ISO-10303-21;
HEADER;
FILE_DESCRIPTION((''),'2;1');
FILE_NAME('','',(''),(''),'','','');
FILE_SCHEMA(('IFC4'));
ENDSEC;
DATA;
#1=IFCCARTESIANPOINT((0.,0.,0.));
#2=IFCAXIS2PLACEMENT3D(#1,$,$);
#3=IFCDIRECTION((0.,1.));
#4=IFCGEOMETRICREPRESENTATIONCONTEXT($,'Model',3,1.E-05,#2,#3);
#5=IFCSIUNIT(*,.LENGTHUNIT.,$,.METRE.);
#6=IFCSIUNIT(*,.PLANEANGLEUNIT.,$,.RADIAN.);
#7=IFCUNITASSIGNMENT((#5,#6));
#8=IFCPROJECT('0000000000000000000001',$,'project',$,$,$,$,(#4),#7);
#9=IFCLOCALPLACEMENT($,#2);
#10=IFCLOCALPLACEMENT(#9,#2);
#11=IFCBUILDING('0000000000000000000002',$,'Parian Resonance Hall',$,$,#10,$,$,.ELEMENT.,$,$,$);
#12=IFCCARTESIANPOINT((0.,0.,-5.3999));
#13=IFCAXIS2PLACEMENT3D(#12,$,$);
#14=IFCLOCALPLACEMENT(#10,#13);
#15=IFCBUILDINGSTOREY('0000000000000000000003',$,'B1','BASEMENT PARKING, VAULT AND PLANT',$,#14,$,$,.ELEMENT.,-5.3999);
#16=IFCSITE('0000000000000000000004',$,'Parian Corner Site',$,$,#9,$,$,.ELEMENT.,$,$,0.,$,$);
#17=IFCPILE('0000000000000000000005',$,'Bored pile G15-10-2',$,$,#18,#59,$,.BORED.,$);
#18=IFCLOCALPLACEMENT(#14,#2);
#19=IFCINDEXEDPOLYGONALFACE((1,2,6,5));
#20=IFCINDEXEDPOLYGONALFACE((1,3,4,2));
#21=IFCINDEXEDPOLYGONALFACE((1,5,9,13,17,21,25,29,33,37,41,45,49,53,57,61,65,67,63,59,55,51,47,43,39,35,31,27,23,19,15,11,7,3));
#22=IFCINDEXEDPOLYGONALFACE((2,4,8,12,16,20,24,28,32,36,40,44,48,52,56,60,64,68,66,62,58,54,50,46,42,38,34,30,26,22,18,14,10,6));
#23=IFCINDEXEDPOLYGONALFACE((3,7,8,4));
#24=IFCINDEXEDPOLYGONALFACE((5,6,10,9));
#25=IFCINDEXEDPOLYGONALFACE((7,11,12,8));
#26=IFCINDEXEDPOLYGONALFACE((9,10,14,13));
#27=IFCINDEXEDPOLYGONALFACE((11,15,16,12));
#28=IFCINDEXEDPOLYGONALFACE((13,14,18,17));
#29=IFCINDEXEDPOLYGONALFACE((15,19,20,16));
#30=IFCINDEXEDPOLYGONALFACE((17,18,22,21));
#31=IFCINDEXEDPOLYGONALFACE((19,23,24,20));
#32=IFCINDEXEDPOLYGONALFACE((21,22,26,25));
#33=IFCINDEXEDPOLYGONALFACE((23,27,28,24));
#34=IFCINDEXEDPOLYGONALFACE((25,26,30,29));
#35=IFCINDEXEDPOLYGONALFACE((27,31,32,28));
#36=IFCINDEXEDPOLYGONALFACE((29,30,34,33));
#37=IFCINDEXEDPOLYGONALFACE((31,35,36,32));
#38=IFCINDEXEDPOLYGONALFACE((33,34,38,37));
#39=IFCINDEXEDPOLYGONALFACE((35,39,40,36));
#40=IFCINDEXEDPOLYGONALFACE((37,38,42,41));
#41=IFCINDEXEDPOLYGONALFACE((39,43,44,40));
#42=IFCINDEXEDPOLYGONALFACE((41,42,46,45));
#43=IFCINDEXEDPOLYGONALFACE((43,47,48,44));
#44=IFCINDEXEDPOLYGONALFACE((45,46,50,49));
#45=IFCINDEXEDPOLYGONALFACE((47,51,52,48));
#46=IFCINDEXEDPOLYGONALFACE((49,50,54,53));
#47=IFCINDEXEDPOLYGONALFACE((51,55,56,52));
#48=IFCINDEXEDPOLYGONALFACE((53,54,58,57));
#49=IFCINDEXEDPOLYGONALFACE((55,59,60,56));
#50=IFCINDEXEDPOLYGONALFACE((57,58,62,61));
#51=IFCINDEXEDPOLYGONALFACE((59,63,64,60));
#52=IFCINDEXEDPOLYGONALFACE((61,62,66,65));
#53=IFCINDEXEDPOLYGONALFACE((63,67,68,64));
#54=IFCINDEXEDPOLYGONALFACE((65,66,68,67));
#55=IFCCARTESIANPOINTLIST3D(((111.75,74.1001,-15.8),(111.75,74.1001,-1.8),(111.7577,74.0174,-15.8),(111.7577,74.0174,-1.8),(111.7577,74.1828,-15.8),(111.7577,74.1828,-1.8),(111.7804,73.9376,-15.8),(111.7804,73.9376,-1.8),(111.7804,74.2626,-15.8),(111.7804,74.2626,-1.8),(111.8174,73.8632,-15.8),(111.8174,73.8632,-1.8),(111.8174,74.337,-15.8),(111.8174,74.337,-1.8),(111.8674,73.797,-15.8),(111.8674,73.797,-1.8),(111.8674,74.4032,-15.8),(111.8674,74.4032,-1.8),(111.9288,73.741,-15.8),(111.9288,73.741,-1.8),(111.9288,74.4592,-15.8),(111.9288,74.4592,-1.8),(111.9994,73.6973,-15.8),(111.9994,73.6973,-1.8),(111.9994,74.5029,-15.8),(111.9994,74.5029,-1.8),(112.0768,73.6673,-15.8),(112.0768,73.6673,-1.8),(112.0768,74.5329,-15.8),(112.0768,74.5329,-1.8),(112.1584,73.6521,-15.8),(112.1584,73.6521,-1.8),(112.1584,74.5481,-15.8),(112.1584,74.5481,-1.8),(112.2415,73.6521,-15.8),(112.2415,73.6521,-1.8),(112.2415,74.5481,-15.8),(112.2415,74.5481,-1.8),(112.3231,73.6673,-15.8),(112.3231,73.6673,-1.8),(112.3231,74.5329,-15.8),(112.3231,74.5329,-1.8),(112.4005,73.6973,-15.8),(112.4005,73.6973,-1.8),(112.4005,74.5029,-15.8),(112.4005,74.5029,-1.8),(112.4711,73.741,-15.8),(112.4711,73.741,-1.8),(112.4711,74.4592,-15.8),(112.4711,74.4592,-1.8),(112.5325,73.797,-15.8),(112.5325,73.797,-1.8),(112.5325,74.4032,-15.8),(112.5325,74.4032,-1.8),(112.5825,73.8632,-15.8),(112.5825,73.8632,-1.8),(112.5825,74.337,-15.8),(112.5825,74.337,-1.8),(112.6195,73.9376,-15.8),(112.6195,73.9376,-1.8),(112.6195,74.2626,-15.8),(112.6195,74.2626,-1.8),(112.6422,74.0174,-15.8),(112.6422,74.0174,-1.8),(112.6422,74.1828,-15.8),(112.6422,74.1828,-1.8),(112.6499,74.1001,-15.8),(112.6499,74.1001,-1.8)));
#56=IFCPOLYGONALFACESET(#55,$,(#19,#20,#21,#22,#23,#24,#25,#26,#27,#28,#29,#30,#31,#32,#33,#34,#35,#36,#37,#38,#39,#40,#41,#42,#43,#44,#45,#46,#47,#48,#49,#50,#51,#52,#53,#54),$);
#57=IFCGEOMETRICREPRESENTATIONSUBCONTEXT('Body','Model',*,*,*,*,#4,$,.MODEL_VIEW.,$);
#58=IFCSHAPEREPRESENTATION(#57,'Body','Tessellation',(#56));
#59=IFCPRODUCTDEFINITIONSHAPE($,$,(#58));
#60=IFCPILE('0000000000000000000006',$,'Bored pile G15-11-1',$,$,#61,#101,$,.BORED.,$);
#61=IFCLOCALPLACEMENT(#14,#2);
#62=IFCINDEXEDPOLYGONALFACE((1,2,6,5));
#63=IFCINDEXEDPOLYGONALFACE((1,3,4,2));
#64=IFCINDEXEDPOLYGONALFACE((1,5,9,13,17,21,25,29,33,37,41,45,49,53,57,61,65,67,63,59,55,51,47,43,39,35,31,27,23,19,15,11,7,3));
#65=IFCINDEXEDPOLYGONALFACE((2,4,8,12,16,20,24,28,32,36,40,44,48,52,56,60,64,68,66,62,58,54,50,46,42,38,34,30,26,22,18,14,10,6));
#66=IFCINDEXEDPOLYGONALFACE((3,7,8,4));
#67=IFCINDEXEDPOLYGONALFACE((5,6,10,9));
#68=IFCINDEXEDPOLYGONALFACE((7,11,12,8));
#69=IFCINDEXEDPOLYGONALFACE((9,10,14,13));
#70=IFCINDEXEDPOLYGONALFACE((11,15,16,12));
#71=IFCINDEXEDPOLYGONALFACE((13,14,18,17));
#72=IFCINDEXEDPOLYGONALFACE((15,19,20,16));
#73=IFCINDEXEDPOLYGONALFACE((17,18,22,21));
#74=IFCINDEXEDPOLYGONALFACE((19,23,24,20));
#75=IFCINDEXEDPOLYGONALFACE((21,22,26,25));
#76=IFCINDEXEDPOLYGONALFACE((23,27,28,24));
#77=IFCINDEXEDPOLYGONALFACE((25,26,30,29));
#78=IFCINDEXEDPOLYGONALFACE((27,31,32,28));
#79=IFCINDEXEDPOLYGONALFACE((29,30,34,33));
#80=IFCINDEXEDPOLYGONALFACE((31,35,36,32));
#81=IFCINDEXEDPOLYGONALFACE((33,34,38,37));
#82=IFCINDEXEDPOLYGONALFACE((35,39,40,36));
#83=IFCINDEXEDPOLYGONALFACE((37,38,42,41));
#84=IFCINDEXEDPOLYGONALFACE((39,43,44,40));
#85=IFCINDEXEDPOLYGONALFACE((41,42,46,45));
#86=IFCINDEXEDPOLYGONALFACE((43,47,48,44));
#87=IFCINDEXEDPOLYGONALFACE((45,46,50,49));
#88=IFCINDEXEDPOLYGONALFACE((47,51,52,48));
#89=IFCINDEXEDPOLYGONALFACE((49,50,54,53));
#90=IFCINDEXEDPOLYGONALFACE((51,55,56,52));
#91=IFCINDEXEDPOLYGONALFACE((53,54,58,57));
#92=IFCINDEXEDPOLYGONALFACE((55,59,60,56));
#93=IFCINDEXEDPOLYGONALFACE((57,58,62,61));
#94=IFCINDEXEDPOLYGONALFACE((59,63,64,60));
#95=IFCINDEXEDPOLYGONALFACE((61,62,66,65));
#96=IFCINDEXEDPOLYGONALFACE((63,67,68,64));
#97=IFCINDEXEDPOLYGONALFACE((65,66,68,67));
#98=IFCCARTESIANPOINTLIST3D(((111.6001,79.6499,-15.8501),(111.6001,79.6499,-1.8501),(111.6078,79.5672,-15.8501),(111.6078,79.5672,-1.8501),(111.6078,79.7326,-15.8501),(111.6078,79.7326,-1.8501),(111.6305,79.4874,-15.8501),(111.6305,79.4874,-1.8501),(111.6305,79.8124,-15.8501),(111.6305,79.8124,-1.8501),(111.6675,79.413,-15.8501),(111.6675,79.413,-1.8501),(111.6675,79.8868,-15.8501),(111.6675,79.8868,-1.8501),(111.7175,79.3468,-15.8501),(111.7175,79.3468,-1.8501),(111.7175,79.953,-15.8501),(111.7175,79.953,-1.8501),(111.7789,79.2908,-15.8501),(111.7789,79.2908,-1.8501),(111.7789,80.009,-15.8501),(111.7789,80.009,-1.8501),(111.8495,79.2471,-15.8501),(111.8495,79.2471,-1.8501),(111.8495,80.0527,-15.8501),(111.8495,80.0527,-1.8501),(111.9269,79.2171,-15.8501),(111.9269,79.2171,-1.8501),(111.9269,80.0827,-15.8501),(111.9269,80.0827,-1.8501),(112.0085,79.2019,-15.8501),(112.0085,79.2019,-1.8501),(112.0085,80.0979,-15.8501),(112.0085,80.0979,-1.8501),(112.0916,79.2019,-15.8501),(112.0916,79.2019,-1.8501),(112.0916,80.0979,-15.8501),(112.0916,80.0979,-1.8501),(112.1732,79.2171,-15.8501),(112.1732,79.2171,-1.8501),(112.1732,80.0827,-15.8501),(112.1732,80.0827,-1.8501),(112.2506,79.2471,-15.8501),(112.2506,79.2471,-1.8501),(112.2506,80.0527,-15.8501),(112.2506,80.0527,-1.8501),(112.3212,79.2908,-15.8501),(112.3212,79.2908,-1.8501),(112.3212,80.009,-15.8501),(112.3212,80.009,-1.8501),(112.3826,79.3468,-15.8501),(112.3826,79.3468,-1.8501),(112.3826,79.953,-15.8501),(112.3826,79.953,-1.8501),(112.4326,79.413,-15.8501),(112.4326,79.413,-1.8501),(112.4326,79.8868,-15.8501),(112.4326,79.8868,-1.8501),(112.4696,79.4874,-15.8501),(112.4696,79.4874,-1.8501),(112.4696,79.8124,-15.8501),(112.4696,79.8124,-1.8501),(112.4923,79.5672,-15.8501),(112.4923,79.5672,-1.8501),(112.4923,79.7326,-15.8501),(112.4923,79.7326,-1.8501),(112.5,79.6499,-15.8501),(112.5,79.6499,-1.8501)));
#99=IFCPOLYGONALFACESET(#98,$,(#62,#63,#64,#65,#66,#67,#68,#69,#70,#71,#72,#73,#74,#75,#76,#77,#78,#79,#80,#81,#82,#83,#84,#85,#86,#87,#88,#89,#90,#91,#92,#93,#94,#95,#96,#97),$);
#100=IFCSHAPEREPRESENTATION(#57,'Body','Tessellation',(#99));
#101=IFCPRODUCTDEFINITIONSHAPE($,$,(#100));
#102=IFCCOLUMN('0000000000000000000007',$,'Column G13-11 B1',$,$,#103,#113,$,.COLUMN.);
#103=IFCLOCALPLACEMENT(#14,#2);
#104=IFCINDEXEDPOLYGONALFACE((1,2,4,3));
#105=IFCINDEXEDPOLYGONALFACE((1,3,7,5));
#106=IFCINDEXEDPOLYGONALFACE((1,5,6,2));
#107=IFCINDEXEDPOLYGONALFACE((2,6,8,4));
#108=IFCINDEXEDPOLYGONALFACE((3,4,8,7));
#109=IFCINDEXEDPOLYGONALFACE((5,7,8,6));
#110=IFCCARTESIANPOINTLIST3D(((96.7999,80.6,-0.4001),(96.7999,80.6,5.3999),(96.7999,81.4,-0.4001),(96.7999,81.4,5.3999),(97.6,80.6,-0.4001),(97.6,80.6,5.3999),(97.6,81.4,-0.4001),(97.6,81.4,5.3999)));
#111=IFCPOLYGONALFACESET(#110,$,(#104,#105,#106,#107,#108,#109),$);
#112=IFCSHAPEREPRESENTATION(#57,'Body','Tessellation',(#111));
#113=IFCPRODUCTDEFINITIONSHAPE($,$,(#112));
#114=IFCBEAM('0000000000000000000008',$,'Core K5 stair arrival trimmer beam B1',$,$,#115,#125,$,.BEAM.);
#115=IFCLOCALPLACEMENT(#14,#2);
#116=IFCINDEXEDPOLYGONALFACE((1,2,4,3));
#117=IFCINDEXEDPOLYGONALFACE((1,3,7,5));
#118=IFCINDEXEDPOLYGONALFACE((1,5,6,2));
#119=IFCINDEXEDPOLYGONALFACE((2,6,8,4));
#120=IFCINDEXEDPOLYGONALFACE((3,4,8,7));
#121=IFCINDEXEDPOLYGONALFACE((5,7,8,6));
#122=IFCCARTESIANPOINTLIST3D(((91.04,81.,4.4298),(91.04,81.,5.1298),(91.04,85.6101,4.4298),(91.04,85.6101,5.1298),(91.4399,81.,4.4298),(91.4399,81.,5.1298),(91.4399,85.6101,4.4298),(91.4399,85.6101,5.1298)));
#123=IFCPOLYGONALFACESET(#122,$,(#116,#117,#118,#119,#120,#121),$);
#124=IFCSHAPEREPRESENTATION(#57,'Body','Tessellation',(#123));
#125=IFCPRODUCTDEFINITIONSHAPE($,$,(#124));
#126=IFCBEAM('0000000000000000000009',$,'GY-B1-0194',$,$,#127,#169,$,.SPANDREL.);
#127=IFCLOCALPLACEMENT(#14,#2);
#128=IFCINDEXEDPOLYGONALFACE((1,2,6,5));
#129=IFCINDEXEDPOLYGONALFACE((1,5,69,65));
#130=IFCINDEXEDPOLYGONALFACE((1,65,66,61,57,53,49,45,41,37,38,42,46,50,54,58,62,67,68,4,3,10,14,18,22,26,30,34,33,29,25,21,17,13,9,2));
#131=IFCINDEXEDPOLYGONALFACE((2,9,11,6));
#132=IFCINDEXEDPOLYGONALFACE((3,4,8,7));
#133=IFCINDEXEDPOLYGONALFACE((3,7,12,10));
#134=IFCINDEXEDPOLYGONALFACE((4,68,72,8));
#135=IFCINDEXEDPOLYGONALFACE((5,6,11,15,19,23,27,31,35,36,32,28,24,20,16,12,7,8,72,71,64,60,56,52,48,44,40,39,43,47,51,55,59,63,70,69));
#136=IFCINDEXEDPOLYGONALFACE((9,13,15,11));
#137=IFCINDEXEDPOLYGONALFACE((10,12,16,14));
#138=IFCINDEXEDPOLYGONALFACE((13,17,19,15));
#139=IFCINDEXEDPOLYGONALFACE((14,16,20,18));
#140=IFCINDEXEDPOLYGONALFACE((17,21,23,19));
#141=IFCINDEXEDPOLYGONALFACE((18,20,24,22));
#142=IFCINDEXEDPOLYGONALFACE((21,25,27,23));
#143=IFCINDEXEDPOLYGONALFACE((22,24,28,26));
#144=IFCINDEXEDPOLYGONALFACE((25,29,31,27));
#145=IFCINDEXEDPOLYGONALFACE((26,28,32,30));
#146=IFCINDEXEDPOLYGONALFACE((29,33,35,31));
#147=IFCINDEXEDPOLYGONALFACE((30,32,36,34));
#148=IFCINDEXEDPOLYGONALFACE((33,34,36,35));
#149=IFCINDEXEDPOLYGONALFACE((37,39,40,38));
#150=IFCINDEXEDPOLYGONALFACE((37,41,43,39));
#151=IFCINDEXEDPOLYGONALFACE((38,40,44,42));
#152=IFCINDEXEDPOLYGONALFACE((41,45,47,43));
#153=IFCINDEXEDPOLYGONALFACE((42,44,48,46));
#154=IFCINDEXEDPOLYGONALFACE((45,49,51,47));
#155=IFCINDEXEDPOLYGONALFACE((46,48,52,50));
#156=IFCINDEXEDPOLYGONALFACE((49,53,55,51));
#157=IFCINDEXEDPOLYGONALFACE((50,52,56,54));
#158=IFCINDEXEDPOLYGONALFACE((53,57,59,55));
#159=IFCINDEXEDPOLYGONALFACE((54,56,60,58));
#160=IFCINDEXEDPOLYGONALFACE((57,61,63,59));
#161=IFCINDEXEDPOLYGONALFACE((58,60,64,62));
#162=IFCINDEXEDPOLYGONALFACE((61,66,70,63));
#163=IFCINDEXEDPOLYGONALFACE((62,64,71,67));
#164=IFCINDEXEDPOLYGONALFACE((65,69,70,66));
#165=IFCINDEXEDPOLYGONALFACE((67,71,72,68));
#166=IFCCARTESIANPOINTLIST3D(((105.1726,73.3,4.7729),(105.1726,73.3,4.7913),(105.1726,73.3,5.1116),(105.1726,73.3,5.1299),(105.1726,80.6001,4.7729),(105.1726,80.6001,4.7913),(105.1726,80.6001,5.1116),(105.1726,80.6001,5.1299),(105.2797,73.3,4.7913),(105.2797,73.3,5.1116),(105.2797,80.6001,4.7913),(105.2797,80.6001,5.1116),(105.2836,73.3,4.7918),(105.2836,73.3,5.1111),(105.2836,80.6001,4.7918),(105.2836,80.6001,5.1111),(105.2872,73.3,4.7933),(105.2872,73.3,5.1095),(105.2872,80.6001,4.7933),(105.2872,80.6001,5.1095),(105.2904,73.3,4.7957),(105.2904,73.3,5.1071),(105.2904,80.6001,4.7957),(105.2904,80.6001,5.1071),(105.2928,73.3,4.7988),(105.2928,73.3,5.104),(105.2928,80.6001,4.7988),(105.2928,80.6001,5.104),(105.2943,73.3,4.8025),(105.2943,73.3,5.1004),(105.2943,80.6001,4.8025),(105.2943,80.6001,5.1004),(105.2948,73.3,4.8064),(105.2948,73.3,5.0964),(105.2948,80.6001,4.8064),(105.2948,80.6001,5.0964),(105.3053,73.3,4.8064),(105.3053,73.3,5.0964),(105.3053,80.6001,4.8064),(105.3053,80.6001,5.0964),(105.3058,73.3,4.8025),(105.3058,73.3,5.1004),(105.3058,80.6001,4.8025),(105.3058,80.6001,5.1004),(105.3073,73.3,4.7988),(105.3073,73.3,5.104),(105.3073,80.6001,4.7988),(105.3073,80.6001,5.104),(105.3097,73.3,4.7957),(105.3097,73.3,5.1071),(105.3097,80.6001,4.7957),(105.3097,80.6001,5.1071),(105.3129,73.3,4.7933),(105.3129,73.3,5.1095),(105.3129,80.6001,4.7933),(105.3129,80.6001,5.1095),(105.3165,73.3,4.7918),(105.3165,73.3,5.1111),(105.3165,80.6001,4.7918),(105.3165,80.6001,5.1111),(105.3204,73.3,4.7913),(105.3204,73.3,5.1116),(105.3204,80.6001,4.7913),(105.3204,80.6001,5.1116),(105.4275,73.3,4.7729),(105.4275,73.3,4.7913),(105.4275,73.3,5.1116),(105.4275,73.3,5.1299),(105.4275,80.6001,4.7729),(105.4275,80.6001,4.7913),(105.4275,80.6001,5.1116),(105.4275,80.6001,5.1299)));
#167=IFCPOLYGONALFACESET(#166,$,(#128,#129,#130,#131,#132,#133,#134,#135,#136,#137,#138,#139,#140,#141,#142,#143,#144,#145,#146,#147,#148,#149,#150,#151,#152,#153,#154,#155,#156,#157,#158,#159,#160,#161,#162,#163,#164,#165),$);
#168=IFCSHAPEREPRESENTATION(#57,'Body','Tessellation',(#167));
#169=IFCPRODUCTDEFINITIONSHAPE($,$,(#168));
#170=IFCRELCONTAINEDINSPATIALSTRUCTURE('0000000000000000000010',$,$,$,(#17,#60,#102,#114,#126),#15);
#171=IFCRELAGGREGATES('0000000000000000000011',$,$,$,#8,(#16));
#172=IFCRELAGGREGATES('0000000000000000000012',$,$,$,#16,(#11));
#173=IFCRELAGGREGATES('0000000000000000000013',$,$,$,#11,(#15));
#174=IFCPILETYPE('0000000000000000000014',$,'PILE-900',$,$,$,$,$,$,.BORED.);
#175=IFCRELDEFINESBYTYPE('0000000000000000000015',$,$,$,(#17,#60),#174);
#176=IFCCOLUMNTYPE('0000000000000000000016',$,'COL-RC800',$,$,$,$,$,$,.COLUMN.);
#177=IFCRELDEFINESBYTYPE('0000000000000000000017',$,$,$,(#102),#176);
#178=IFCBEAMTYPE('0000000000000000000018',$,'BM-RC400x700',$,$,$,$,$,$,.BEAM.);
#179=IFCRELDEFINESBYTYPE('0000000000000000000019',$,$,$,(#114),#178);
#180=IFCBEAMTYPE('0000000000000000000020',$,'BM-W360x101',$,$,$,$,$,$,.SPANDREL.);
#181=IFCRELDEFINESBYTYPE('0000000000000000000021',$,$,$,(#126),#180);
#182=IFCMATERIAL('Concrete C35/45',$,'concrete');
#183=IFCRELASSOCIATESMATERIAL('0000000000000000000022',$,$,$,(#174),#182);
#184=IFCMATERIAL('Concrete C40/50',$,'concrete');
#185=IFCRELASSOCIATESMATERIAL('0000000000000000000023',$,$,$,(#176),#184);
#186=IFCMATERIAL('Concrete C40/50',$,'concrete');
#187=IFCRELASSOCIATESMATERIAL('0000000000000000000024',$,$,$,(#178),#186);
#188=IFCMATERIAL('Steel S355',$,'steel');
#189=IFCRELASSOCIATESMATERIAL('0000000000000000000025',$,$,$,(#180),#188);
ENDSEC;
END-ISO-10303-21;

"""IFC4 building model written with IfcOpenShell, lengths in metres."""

from ifc_helpers import new_model, si_unit, direction, frame, origin, origin_2d, place, context, subcontext, project, spatial, rectangle, circle, i_section, extrude, material, material_profile, profile_set, type_object, element, save


model = new_model("IFC4")

# Units and contexts
model_context = context("Model", 3, precision=1e-05, world=origin(), true_north=direction((0.0, 1.0)))
body_context = subcontext(model_context, "Body", "Model", "MODEL_VIEW")
ifc_project = project(units=[si_unit("LENGTHUNIT", "METRE"), si_unit("PLANEANGLEUNIT", "RADIAN")], contexts=[model_context])

# Site, building, storey
site_placement = place(None, origin())
site = spatial("IfcSite", under=ifc_project, at=site_placement, Name="Parian Corner Site", CompositionType="ELEMENT", RefElevation=0.0)
building_placement = place(site_placement, origin())
building = spatial("IfcBuilding", under=site, at=building_placement, Name="Parian Resonance Hall", CompositionType="ELEMENT")
storey_placement = place(building_placement, frame((0.0, 0.0, -5.3999)))
storey = spatial("IfcBuildingStorey", under=building, at=storey_placement, Name="B1", Description="BASEMENT PARKING, VAULT AND PLANT", CompositionType="ELEMENT", Elevation=-5.3999)

# Piles
ifc_material_1 = material(Name="Concrete C35/45", Category="concrete")
ifc_material_profile_1 = material_profile(ifc_material_1, circle(Radius=0.45, at=origin_2d()), Name="PILE-D900")
ifc_profile_set_1 = profile_set([ifc_material_profile_1], Name="Concrete C35/45")
pile_type_1 = type_object("IfcPileType", Name="PILE-900", PredefinedType="BORED", material=ifc_profile_set_1)
for number, where, z_axis, x_axis, name in (
    (1, (112.2, 74.1001, -1.8), (0.0, 0.0, -1.0), (1.0, 0.0, 0.0), "Bored pile G15-10-2"),
    (2, (112.05, 79.6499, -1.8501), (0.0, 0.0, -1.0), (1.0, 0.0, 0.0), "Bored pile G15-11-1"),
):
    element("IfcPile", number, at=place(storey_placement, frame(where, z_axis=z_axis, x_axis=x_axis)), inside=storey, type_object=pile_type_1, Name=name, PredefinedType="BORED", context=body_context, shape_type="SweptSolid", body=[
        extrude(circle(Radius=0.45, at=origin_2d()), origin(), (0.0, 0.0, 1.0), 14.0),
    ])

# Column
ifc_material_2 = material(Name="Concrete C40/50", Category="concrete")
ifc_material_profile_2 = material_profile(ifc_material_2, rectangle(XDim=0.8, YDim=0.8, at=origin_2d()), Name="RC-COL-800x800")
ifc_profile_set_2 = profile_set([ifc_material_profile_2], Name="Concrete C40/50")
column_type = type_object("IfcColumnType", Name="COL-RC800", PredefinedType="COLUMN", material=ifc_profile_set_2)
column_placement = place(storey_placement, frame((97.2, 81.0, -0.4001), z_axis=(0.0, 0.0, 1.0), x_axis=(1.0, 0.0, 0.0)))
element("IfcColumn", 3, at=column_placement, inside=storey, type_object=column_type, Name="Column G13-11 B1", PredefinedType="COLUMN", context=body_context, shape_type="SweptSolid", body=[
    extrude(rectangle(XDim=0.8, YDim=0.8, at=origin_2d()), origin(), (0.0, 0.0, 1.0), 5.8),
])

# Beams
ifc_material_3 = material(Name="Concrete C40/50", Category="concrete")
ifc_material_profile_3 = material_profile(ifc_material_3, rectangle(XDim=0.3999, YDim=0.7, at=origin_2d()), Name="RC-BM-400x700")
ifc_profile_set_3 = profile_set([ifc_material_profile_3], Name="Concrete C40/50")
beam_type_1 = type_object("IfcBeamType", Name="BM-RC400x700", PredefinedType="BEAM", material=ifc_profile_set_3)
beam_1_placement = place(storey_placement, frame((91.24, 81.0, 4.7798), z_axis=(0.0, 1.0, 0.0), x_axis=(-1.0, 0.0, 0.0)))
element("IfcBeam", 4, at=beam_1_placement, inside=storey, type_object=beam_type_1, Name="Core K5 stair arrival trimmer beam B1", PredefinedType="BEAM", context=body_context, shape_type="SweptSolid", body=[
    extrude(rectangle(XDim=0.3999, YDim=0.7, at=origin_2d()), origin(), (0.0, 0.0, 1.0), 4.6101),
])
ifc_material_4 = material(Name="Steel S355", Category="steel")
ifc_material_profile_4 = material_profile(ifc_material_4, i_section(OverallWidth=0.2549, OverallDepth=0.3569, WebThickness=0.0105, FlangeThickness=0.0183, FilletRadius=0.0151, at=origin_2d()), Name="W360x101")
ifc_profile_set_4 = profile_set([ifc_material_profile_4], Name="Steel S355")
beam_type_2 = type_object("IfcBeamType", Name="BM-W360x101", PredefinedType="SPANDREL", material=ifc_profile_set_4)
beam_2_placement = place(storey_placement, frame((105.3, 73.3, 4.9514), z_axis=(0.0, 1.0, 0.0), x_axis=(-1.0, 0.0, 0.0)))
element("IfcBeam", 5, at=beam_2_placement, inside=storey, type_object=beam_type_2, Name="GY-B1-0194", PredefinedType="SPANDREL", context=body_context, shape_type="SweptSolid", body=[
    extrude(i_section(OverallWidth=0.2549, OverallDepth=0.3569, WebThickness=0.0105, FlangeThickness=0.0183, FilletRadius=0.0151, at=origin_2d()), origin(), (0.0, 0.0, 1.0), 7.3),
])

save(model, "model.ifc")
